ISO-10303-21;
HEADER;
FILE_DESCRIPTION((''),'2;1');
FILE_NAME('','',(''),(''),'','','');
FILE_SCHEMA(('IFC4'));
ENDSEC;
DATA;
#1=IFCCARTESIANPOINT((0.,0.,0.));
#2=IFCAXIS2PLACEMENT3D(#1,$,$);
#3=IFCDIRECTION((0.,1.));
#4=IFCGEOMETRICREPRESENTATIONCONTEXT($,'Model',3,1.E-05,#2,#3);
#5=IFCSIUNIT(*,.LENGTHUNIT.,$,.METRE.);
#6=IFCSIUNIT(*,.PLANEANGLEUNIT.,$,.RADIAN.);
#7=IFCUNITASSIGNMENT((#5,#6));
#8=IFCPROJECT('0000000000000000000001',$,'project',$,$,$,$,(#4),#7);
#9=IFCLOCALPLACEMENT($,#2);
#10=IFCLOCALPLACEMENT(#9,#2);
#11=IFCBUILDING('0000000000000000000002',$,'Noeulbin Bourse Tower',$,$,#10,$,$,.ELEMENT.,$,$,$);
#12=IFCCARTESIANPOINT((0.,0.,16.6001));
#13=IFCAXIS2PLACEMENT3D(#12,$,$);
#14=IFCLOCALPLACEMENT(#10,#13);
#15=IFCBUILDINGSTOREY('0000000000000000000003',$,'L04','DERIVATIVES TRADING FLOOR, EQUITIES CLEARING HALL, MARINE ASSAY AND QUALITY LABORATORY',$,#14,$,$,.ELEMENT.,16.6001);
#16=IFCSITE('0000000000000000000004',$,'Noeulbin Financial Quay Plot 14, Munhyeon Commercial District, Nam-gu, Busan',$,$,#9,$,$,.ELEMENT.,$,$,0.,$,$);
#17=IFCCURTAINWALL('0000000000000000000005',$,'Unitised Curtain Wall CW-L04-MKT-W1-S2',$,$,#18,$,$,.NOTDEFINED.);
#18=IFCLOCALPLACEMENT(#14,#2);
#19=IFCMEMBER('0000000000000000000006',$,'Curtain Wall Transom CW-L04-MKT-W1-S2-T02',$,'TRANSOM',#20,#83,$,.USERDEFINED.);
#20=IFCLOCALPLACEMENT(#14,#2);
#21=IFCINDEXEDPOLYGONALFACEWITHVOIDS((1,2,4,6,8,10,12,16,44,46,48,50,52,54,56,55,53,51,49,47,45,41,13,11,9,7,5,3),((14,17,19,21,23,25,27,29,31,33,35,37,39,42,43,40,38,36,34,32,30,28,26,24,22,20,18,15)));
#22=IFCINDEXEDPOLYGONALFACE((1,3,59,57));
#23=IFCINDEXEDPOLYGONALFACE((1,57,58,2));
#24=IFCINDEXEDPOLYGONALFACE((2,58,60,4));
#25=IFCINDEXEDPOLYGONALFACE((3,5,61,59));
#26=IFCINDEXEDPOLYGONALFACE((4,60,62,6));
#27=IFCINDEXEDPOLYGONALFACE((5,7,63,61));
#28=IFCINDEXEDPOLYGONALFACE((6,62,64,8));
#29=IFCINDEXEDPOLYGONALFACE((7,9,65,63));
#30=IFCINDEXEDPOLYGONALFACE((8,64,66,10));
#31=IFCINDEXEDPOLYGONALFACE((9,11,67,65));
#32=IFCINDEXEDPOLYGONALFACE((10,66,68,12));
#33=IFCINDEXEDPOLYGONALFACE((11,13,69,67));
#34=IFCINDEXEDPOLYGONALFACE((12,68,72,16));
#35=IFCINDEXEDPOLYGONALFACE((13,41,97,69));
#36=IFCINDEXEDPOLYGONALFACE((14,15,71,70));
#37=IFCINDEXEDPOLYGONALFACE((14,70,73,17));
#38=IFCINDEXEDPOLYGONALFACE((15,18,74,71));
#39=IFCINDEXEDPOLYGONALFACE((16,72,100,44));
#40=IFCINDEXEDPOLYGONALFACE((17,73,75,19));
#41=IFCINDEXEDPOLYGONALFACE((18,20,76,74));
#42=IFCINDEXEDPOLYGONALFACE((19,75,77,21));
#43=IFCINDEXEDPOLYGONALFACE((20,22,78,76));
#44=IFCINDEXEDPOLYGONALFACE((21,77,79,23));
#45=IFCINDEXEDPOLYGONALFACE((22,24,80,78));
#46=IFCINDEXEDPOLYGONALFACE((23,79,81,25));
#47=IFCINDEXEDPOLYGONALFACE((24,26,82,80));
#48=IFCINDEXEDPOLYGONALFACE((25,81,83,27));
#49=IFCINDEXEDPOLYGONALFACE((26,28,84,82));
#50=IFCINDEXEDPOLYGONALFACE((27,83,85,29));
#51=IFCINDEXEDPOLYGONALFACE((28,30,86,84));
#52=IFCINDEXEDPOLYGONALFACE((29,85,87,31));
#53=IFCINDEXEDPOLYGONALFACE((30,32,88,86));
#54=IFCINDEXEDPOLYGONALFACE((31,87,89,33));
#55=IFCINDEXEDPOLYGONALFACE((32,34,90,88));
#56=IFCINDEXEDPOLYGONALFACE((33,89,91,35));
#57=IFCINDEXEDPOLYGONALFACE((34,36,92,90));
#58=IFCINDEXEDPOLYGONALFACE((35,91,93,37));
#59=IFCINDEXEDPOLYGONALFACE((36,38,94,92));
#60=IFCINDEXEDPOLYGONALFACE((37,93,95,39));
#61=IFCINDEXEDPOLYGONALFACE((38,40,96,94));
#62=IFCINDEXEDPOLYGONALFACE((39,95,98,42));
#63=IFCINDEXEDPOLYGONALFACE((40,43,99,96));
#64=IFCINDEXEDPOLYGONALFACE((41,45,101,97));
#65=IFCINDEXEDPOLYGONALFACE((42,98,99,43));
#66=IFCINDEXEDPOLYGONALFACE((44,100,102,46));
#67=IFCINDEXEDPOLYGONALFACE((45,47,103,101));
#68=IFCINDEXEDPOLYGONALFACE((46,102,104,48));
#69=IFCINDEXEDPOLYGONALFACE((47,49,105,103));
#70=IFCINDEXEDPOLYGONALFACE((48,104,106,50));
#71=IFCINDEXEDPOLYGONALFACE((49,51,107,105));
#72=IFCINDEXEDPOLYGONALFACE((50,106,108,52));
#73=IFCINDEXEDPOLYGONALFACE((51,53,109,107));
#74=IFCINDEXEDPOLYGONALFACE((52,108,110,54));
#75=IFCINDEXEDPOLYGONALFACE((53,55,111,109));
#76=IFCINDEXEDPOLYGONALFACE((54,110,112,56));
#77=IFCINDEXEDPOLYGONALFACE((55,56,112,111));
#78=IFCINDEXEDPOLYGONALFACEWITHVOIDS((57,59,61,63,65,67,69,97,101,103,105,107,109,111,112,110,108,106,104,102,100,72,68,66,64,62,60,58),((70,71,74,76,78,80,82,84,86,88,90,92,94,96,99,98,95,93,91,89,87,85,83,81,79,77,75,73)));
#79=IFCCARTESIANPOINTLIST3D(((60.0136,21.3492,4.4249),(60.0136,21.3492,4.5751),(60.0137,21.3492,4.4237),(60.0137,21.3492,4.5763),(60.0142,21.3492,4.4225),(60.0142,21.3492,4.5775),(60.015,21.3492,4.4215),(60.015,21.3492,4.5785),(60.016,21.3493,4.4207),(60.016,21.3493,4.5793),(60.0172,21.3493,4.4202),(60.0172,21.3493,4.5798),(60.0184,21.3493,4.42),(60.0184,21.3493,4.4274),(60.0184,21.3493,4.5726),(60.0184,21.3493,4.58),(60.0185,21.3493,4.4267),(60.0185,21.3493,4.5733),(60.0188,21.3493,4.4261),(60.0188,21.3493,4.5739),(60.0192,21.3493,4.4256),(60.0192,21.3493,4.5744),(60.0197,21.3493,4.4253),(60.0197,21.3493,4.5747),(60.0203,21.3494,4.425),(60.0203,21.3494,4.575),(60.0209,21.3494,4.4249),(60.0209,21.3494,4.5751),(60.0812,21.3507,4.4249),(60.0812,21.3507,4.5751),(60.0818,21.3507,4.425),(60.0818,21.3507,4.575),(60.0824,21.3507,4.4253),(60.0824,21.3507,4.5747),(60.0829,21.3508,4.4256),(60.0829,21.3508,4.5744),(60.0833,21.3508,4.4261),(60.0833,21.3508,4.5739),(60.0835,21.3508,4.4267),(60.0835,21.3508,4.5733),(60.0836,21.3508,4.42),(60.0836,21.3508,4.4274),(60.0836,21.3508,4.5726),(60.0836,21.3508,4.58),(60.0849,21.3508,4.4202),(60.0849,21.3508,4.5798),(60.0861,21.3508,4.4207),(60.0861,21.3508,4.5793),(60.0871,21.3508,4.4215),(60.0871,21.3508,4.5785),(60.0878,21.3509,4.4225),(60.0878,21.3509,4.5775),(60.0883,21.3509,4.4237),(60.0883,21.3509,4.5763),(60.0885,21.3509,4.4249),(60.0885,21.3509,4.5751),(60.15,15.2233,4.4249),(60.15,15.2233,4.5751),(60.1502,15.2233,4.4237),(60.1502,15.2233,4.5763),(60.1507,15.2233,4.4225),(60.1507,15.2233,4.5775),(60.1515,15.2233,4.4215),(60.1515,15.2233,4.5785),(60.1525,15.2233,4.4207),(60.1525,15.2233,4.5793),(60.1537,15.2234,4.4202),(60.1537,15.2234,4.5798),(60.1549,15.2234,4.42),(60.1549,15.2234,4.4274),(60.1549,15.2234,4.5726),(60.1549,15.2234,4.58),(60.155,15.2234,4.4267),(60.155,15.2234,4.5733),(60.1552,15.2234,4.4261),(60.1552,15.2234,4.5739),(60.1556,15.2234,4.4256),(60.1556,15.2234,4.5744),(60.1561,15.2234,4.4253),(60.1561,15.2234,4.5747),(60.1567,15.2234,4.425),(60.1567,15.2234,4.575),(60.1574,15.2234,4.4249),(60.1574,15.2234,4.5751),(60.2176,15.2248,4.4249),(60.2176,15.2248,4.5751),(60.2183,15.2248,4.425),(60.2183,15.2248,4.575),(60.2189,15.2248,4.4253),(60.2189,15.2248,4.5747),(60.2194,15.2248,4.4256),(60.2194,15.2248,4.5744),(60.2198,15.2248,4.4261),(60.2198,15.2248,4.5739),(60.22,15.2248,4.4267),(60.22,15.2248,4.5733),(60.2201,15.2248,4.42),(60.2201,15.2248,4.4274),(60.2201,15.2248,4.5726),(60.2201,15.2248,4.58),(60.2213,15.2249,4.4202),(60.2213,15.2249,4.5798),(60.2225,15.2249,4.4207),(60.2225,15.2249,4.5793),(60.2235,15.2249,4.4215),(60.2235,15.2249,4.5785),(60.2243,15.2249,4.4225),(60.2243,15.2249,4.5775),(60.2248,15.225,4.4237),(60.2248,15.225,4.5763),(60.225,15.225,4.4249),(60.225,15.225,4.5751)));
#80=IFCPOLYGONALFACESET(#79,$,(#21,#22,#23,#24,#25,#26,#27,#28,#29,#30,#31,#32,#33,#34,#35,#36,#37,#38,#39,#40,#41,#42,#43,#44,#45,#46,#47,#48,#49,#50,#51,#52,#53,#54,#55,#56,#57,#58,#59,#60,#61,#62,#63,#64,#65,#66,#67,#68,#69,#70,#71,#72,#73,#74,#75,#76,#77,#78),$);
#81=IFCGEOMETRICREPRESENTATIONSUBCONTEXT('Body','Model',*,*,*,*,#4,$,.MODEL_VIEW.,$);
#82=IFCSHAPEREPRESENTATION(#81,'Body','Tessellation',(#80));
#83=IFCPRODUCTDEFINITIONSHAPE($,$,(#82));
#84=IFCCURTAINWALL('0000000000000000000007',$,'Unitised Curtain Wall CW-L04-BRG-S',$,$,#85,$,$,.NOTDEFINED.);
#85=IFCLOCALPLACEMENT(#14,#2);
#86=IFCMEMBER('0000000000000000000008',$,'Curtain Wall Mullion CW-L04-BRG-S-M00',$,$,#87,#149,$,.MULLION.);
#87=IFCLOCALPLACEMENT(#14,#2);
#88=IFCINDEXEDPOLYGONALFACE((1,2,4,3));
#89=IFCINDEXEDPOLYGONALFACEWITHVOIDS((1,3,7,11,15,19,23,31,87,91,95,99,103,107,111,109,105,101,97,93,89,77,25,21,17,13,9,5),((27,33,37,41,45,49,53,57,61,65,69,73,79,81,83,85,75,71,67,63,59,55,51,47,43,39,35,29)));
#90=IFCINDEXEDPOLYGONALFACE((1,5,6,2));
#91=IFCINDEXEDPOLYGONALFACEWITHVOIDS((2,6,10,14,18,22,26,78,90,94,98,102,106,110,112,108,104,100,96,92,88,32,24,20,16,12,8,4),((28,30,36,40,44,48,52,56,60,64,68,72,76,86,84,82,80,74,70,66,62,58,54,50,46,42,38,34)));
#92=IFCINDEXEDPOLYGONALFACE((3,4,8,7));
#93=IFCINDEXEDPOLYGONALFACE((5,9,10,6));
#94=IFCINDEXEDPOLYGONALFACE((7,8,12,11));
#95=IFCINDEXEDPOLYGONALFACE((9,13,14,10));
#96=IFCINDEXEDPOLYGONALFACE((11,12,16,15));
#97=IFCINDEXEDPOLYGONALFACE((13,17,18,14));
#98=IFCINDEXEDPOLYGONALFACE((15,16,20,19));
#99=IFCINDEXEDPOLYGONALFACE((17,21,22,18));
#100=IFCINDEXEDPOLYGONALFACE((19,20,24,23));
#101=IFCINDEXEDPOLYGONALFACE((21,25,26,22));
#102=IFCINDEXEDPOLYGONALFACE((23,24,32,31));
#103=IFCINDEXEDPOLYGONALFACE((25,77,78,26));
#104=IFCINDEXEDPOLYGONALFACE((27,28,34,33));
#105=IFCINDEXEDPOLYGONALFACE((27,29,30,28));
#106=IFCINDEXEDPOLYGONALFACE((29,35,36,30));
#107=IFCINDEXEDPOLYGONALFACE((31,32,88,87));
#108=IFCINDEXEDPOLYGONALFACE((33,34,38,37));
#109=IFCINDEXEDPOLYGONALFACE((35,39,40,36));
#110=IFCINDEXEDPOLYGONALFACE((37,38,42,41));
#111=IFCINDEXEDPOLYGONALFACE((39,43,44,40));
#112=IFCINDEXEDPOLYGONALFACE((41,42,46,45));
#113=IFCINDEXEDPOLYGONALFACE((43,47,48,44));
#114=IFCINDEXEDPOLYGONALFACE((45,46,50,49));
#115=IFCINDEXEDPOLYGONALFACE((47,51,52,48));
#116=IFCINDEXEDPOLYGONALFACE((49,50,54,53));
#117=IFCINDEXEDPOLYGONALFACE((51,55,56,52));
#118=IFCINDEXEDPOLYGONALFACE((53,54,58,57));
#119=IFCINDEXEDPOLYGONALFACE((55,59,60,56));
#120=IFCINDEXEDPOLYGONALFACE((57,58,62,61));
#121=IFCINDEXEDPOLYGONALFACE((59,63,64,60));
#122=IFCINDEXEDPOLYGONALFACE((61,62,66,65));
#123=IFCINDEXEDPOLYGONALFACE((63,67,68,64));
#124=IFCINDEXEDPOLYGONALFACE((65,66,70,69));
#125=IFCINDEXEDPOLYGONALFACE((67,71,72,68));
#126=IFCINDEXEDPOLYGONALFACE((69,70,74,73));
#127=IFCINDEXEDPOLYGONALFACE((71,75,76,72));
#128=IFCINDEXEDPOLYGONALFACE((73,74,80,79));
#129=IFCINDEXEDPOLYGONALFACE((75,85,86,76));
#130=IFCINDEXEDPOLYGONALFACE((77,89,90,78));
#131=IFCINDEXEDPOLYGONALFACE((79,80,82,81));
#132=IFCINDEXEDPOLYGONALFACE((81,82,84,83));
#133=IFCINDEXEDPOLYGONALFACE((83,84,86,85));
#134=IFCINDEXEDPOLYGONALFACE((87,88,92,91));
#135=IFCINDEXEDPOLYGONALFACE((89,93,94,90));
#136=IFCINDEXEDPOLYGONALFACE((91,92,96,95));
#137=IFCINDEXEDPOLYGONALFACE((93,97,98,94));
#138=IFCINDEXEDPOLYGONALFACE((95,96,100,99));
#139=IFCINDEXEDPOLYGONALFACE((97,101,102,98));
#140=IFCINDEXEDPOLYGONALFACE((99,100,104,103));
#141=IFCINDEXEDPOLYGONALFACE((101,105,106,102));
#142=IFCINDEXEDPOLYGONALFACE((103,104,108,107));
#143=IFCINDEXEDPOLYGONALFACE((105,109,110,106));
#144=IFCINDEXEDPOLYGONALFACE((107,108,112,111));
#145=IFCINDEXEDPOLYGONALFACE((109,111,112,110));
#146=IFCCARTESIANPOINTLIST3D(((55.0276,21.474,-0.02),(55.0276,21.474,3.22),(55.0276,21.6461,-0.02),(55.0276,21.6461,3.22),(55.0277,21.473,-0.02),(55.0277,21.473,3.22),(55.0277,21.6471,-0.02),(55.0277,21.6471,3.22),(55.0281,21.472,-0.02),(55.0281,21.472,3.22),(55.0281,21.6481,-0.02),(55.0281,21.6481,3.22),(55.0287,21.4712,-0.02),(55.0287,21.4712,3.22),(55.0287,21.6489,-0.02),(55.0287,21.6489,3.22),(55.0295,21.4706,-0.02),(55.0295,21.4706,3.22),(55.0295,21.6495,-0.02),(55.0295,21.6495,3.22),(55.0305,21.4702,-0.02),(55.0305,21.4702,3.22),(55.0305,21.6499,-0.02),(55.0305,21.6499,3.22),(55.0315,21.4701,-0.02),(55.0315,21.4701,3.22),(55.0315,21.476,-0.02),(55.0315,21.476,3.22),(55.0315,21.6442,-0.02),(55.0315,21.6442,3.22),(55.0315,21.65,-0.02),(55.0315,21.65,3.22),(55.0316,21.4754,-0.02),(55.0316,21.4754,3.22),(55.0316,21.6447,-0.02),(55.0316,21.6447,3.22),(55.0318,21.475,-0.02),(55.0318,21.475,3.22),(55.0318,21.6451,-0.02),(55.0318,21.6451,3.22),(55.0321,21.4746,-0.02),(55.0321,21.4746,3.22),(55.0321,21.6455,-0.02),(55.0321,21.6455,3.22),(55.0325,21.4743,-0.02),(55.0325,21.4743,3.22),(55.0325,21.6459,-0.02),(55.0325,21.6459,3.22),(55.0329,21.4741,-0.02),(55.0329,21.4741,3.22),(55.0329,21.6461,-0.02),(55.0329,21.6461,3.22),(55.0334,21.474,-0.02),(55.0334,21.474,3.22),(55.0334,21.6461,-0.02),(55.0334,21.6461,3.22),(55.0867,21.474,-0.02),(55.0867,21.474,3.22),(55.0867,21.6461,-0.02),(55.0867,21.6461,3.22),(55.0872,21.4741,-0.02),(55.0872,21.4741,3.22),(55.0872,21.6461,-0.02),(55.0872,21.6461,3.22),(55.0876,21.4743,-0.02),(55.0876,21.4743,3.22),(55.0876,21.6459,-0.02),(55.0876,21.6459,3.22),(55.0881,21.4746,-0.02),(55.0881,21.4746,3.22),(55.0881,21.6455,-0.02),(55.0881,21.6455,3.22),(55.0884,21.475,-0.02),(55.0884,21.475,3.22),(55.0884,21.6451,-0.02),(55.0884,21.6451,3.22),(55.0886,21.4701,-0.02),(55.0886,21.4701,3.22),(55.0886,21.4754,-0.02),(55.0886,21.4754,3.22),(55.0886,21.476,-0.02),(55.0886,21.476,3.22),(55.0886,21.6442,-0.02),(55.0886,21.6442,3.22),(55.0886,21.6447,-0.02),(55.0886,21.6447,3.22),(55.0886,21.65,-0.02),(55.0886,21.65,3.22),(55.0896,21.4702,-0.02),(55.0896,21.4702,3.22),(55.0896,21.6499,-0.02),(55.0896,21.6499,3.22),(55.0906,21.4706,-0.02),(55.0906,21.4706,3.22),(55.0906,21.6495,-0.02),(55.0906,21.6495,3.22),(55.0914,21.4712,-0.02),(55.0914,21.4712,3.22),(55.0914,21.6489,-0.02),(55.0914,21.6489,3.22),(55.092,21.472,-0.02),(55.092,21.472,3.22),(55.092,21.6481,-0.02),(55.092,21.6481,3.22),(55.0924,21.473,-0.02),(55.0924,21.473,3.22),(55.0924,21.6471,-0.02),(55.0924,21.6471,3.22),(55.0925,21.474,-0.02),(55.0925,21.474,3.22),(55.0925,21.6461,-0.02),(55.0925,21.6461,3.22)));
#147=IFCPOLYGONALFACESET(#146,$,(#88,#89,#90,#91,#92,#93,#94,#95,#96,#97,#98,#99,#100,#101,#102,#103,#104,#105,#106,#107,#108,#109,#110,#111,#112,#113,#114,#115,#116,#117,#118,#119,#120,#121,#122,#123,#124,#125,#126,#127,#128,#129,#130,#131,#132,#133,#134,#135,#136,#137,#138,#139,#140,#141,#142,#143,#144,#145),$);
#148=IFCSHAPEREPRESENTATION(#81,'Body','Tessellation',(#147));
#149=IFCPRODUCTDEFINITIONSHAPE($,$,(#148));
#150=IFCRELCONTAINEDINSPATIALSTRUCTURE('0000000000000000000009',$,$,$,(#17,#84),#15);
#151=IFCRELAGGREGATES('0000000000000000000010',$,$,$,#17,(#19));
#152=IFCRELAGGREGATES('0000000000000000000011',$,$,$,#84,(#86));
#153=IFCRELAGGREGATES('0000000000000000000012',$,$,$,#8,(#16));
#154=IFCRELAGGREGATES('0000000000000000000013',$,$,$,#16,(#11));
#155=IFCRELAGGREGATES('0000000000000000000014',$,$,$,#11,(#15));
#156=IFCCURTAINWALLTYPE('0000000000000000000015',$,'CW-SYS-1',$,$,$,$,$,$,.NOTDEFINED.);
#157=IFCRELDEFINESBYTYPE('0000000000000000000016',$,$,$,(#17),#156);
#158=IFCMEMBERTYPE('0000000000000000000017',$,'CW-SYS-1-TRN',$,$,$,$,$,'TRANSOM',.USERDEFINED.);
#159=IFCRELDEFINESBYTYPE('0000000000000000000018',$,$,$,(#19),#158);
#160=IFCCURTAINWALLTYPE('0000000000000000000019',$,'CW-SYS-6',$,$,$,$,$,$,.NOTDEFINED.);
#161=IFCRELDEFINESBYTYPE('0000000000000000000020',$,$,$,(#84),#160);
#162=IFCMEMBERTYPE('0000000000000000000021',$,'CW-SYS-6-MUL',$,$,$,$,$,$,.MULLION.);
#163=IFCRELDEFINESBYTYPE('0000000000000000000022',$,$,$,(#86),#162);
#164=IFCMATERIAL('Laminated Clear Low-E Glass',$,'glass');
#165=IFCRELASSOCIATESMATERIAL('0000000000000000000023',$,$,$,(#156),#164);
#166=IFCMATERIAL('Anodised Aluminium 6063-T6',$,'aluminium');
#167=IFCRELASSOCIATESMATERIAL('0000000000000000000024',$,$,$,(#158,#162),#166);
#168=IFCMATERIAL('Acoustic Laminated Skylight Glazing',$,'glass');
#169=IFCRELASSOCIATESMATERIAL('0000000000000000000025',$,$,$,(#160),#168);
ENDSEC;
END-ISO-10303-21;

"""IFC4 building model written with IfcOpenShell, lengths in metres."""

from ifc_helpers import new_model, si_unit, direction, frame, origin, origin_2d, place, context, subcontext, project, spatial, hollow_rectangle, extrude, material, material_profile, profile_set, type_object, element, aggregate, save


model = new_model("IFC4")

# Units and contexts
model_context = context("Model", 3, precision=1e-05, world=origin(), true_north=direction((0.0, 1.0)))
body_context = subcontext(model_context, "Body", "Model", "MODEL_VIEW")
ifc_project = project(units=[si_unit("LENGTHUNIT", "METRE"), si_unit("PLANEANGLEUNIT", "RADIAN")], contexts=[model_context])

# Site, building, storey
site_placement = place(None, origin())
site = spatial("IfcSite", under=ifc_project, at=site_placement, Name="Noeulbin Financial Quay Plot 14, Munhyeon Commercial District, Nam-gu, Busan", CompositionType="ELEMENT", RefElevation=0.0)
building_placement = place(site_placement, origin())
building = spatial("IfcBuilding", under=site, at=building_placement, Name="Noeulbin Bourse Tower", CompositionType="ELEMENT")
storey_placement = place(building_placement, frame((0.0, 0.0, 16.6001)))
storey = spatial("IfcBuildingStorey", under=building, at=storey_placement, Name="L04", Description="DERIVATIVES TRADING FLOOR, EQUITIES CLEARING HALL, MARINE ASSAY AND QUALITY LABORATORY", CompositionType="ELEMENT", Elevation=16.6001)

# Curtain walls, members
ifc_material_1 = material(Name="Laminated Clear Low-E Glass", Category="glass")
curtain_wall_type_1 = type_object("IfcCurtainWallType", Name="CW-SYS-1", PredefinedType="NOTDEFINED", material=ifc_material_1)
curtain_wall_1_placement = place(storey_placement, origin())
curtain_wall_1 = element("IfcCurtainWall", 1, at=curtain_wall_1_placement, inside=storey, type_object=curtain_wall_type_1, Name="Unitised Curtain Wall CW-L04-MKT-W1-S2", PredefinedType="NOTDEFINED")
ifc_material_2 = material(Name="Anodised Aluminium 6063-T6", Category="aluminium")
ifc_material_profile_1 = material_profile(ifc_material_2, hollow_rectangle(XDim=0.075, YDim=0.1599, WallThickness=0.0049, InnerFilletRadius=0.0024, OuterFilletRadius=0.0049, at=origin_2d()), Name="ALU-TRAN-75x160x5", Category="LoadBearing")
ifc_profile_set_1 = profile_set([ifc_material_profile_1], Name="Anodised Aluminium 6063-T6")
member_type_1 = type_object("IfcMemberType", Name="CW-SYS-1-TRN", ElementType="TRANSOM", PredefinedType="USERDEFINED", material=ifc_profile_set_1)
member_1_placement = place(storey_placement, frame((60.1875, 15.2241, 4.5), z_axis=(-0.022272, 0.999752, 0.0), x_axis=(-0.999752, -0.022272, 0.0)))
member_1 = element("IfcMember", 2, at=member_1_placement, type_object=member_type_1, Name="Curtain Wall Transom CW-L04-MKT-W1-S2-T02", ObjectType="TRANSOM", PredefinedType="USERDEFINED", context=body_context, shape_type="SweptSolid", body=[
    extrude(hollow_rectangle(XDim=0.075, YDim=0.1599, WallThickness=0.0049, InnerFilletRadius=0.0024, OuterFilletRadius=0.0049, at=origin_2d()), origin(), (0.0, 0.0, 1.0), 6.1274),
])
ifc_material_3 = material(Name="Acoustic Laminated Skylight Glazing", Category="glass")
curtain_wall_type_2 = type_object("IfcCurtainWallType", Name="CW-SYS-6", PredefinedType="NOTDEFINED", material=ifc_material_3)
curtain_wall_2_placement = place(storey_placement, origin())
curtain_wall_2 = element("IfcCurtainWall", 3, at=curtain_wall_2_placement, inside=storey, type_object=curtain_wall_type_2, Name="Unitised Curtain Wall CW-L04-BRG-S", PredefinedType="NOTDEFINED")
ifc_material_profile_2 = material_profile(ifc_material_2, hollow_rectangle(XDim=0.0649, YDim=0.1799, WallThickness=0.0039, InnerFilletRadius=0.002, OuterFilletRadius=0.0039, at=origin_2d()), Name="ALU-MULL-65x180x4", Category="LoadBearing")
ifc_profile_set_2 = profile_set([ifc_material_profile_2], Name="Anodised Aluminium 6063-T6")
member_type_2 = type_object("IfcMemberType", Name="CW-SYS-6-MUL", PredefinedType="MULLION", material=ifc_profile_set_2)
member_2_placement = place(storey_placement, frame((55.0601, 21.5601, -0.02), z_axis=(0.0, 0.0, 1.0), x_axis=(1.0, 0.0, 0.0)))
member_2 = element("IfcMember", 4, at=member_2_placement, type_object=member_type_2, Name="Curtain Wall Mullion CW-L04-BRG-S-M00", PredefinedType="MULLION", context=body_context, shape_type="SweptSolid", body=[
    extrude(hollow_rectangle(XDim=0.0649, YDim=0.1799, WallThickness=0.0039, InnerFilletRadius=0.002, OuterFilletRadius=0.0039, at=origin_2d()), origin(), (0.0, 0.0, 1.0), 3.24),
])

aggregate(curtain_wall_1, [member_1])
aggregate(curtain_wall_2, [member_2])

save(model, "model.ifc")
